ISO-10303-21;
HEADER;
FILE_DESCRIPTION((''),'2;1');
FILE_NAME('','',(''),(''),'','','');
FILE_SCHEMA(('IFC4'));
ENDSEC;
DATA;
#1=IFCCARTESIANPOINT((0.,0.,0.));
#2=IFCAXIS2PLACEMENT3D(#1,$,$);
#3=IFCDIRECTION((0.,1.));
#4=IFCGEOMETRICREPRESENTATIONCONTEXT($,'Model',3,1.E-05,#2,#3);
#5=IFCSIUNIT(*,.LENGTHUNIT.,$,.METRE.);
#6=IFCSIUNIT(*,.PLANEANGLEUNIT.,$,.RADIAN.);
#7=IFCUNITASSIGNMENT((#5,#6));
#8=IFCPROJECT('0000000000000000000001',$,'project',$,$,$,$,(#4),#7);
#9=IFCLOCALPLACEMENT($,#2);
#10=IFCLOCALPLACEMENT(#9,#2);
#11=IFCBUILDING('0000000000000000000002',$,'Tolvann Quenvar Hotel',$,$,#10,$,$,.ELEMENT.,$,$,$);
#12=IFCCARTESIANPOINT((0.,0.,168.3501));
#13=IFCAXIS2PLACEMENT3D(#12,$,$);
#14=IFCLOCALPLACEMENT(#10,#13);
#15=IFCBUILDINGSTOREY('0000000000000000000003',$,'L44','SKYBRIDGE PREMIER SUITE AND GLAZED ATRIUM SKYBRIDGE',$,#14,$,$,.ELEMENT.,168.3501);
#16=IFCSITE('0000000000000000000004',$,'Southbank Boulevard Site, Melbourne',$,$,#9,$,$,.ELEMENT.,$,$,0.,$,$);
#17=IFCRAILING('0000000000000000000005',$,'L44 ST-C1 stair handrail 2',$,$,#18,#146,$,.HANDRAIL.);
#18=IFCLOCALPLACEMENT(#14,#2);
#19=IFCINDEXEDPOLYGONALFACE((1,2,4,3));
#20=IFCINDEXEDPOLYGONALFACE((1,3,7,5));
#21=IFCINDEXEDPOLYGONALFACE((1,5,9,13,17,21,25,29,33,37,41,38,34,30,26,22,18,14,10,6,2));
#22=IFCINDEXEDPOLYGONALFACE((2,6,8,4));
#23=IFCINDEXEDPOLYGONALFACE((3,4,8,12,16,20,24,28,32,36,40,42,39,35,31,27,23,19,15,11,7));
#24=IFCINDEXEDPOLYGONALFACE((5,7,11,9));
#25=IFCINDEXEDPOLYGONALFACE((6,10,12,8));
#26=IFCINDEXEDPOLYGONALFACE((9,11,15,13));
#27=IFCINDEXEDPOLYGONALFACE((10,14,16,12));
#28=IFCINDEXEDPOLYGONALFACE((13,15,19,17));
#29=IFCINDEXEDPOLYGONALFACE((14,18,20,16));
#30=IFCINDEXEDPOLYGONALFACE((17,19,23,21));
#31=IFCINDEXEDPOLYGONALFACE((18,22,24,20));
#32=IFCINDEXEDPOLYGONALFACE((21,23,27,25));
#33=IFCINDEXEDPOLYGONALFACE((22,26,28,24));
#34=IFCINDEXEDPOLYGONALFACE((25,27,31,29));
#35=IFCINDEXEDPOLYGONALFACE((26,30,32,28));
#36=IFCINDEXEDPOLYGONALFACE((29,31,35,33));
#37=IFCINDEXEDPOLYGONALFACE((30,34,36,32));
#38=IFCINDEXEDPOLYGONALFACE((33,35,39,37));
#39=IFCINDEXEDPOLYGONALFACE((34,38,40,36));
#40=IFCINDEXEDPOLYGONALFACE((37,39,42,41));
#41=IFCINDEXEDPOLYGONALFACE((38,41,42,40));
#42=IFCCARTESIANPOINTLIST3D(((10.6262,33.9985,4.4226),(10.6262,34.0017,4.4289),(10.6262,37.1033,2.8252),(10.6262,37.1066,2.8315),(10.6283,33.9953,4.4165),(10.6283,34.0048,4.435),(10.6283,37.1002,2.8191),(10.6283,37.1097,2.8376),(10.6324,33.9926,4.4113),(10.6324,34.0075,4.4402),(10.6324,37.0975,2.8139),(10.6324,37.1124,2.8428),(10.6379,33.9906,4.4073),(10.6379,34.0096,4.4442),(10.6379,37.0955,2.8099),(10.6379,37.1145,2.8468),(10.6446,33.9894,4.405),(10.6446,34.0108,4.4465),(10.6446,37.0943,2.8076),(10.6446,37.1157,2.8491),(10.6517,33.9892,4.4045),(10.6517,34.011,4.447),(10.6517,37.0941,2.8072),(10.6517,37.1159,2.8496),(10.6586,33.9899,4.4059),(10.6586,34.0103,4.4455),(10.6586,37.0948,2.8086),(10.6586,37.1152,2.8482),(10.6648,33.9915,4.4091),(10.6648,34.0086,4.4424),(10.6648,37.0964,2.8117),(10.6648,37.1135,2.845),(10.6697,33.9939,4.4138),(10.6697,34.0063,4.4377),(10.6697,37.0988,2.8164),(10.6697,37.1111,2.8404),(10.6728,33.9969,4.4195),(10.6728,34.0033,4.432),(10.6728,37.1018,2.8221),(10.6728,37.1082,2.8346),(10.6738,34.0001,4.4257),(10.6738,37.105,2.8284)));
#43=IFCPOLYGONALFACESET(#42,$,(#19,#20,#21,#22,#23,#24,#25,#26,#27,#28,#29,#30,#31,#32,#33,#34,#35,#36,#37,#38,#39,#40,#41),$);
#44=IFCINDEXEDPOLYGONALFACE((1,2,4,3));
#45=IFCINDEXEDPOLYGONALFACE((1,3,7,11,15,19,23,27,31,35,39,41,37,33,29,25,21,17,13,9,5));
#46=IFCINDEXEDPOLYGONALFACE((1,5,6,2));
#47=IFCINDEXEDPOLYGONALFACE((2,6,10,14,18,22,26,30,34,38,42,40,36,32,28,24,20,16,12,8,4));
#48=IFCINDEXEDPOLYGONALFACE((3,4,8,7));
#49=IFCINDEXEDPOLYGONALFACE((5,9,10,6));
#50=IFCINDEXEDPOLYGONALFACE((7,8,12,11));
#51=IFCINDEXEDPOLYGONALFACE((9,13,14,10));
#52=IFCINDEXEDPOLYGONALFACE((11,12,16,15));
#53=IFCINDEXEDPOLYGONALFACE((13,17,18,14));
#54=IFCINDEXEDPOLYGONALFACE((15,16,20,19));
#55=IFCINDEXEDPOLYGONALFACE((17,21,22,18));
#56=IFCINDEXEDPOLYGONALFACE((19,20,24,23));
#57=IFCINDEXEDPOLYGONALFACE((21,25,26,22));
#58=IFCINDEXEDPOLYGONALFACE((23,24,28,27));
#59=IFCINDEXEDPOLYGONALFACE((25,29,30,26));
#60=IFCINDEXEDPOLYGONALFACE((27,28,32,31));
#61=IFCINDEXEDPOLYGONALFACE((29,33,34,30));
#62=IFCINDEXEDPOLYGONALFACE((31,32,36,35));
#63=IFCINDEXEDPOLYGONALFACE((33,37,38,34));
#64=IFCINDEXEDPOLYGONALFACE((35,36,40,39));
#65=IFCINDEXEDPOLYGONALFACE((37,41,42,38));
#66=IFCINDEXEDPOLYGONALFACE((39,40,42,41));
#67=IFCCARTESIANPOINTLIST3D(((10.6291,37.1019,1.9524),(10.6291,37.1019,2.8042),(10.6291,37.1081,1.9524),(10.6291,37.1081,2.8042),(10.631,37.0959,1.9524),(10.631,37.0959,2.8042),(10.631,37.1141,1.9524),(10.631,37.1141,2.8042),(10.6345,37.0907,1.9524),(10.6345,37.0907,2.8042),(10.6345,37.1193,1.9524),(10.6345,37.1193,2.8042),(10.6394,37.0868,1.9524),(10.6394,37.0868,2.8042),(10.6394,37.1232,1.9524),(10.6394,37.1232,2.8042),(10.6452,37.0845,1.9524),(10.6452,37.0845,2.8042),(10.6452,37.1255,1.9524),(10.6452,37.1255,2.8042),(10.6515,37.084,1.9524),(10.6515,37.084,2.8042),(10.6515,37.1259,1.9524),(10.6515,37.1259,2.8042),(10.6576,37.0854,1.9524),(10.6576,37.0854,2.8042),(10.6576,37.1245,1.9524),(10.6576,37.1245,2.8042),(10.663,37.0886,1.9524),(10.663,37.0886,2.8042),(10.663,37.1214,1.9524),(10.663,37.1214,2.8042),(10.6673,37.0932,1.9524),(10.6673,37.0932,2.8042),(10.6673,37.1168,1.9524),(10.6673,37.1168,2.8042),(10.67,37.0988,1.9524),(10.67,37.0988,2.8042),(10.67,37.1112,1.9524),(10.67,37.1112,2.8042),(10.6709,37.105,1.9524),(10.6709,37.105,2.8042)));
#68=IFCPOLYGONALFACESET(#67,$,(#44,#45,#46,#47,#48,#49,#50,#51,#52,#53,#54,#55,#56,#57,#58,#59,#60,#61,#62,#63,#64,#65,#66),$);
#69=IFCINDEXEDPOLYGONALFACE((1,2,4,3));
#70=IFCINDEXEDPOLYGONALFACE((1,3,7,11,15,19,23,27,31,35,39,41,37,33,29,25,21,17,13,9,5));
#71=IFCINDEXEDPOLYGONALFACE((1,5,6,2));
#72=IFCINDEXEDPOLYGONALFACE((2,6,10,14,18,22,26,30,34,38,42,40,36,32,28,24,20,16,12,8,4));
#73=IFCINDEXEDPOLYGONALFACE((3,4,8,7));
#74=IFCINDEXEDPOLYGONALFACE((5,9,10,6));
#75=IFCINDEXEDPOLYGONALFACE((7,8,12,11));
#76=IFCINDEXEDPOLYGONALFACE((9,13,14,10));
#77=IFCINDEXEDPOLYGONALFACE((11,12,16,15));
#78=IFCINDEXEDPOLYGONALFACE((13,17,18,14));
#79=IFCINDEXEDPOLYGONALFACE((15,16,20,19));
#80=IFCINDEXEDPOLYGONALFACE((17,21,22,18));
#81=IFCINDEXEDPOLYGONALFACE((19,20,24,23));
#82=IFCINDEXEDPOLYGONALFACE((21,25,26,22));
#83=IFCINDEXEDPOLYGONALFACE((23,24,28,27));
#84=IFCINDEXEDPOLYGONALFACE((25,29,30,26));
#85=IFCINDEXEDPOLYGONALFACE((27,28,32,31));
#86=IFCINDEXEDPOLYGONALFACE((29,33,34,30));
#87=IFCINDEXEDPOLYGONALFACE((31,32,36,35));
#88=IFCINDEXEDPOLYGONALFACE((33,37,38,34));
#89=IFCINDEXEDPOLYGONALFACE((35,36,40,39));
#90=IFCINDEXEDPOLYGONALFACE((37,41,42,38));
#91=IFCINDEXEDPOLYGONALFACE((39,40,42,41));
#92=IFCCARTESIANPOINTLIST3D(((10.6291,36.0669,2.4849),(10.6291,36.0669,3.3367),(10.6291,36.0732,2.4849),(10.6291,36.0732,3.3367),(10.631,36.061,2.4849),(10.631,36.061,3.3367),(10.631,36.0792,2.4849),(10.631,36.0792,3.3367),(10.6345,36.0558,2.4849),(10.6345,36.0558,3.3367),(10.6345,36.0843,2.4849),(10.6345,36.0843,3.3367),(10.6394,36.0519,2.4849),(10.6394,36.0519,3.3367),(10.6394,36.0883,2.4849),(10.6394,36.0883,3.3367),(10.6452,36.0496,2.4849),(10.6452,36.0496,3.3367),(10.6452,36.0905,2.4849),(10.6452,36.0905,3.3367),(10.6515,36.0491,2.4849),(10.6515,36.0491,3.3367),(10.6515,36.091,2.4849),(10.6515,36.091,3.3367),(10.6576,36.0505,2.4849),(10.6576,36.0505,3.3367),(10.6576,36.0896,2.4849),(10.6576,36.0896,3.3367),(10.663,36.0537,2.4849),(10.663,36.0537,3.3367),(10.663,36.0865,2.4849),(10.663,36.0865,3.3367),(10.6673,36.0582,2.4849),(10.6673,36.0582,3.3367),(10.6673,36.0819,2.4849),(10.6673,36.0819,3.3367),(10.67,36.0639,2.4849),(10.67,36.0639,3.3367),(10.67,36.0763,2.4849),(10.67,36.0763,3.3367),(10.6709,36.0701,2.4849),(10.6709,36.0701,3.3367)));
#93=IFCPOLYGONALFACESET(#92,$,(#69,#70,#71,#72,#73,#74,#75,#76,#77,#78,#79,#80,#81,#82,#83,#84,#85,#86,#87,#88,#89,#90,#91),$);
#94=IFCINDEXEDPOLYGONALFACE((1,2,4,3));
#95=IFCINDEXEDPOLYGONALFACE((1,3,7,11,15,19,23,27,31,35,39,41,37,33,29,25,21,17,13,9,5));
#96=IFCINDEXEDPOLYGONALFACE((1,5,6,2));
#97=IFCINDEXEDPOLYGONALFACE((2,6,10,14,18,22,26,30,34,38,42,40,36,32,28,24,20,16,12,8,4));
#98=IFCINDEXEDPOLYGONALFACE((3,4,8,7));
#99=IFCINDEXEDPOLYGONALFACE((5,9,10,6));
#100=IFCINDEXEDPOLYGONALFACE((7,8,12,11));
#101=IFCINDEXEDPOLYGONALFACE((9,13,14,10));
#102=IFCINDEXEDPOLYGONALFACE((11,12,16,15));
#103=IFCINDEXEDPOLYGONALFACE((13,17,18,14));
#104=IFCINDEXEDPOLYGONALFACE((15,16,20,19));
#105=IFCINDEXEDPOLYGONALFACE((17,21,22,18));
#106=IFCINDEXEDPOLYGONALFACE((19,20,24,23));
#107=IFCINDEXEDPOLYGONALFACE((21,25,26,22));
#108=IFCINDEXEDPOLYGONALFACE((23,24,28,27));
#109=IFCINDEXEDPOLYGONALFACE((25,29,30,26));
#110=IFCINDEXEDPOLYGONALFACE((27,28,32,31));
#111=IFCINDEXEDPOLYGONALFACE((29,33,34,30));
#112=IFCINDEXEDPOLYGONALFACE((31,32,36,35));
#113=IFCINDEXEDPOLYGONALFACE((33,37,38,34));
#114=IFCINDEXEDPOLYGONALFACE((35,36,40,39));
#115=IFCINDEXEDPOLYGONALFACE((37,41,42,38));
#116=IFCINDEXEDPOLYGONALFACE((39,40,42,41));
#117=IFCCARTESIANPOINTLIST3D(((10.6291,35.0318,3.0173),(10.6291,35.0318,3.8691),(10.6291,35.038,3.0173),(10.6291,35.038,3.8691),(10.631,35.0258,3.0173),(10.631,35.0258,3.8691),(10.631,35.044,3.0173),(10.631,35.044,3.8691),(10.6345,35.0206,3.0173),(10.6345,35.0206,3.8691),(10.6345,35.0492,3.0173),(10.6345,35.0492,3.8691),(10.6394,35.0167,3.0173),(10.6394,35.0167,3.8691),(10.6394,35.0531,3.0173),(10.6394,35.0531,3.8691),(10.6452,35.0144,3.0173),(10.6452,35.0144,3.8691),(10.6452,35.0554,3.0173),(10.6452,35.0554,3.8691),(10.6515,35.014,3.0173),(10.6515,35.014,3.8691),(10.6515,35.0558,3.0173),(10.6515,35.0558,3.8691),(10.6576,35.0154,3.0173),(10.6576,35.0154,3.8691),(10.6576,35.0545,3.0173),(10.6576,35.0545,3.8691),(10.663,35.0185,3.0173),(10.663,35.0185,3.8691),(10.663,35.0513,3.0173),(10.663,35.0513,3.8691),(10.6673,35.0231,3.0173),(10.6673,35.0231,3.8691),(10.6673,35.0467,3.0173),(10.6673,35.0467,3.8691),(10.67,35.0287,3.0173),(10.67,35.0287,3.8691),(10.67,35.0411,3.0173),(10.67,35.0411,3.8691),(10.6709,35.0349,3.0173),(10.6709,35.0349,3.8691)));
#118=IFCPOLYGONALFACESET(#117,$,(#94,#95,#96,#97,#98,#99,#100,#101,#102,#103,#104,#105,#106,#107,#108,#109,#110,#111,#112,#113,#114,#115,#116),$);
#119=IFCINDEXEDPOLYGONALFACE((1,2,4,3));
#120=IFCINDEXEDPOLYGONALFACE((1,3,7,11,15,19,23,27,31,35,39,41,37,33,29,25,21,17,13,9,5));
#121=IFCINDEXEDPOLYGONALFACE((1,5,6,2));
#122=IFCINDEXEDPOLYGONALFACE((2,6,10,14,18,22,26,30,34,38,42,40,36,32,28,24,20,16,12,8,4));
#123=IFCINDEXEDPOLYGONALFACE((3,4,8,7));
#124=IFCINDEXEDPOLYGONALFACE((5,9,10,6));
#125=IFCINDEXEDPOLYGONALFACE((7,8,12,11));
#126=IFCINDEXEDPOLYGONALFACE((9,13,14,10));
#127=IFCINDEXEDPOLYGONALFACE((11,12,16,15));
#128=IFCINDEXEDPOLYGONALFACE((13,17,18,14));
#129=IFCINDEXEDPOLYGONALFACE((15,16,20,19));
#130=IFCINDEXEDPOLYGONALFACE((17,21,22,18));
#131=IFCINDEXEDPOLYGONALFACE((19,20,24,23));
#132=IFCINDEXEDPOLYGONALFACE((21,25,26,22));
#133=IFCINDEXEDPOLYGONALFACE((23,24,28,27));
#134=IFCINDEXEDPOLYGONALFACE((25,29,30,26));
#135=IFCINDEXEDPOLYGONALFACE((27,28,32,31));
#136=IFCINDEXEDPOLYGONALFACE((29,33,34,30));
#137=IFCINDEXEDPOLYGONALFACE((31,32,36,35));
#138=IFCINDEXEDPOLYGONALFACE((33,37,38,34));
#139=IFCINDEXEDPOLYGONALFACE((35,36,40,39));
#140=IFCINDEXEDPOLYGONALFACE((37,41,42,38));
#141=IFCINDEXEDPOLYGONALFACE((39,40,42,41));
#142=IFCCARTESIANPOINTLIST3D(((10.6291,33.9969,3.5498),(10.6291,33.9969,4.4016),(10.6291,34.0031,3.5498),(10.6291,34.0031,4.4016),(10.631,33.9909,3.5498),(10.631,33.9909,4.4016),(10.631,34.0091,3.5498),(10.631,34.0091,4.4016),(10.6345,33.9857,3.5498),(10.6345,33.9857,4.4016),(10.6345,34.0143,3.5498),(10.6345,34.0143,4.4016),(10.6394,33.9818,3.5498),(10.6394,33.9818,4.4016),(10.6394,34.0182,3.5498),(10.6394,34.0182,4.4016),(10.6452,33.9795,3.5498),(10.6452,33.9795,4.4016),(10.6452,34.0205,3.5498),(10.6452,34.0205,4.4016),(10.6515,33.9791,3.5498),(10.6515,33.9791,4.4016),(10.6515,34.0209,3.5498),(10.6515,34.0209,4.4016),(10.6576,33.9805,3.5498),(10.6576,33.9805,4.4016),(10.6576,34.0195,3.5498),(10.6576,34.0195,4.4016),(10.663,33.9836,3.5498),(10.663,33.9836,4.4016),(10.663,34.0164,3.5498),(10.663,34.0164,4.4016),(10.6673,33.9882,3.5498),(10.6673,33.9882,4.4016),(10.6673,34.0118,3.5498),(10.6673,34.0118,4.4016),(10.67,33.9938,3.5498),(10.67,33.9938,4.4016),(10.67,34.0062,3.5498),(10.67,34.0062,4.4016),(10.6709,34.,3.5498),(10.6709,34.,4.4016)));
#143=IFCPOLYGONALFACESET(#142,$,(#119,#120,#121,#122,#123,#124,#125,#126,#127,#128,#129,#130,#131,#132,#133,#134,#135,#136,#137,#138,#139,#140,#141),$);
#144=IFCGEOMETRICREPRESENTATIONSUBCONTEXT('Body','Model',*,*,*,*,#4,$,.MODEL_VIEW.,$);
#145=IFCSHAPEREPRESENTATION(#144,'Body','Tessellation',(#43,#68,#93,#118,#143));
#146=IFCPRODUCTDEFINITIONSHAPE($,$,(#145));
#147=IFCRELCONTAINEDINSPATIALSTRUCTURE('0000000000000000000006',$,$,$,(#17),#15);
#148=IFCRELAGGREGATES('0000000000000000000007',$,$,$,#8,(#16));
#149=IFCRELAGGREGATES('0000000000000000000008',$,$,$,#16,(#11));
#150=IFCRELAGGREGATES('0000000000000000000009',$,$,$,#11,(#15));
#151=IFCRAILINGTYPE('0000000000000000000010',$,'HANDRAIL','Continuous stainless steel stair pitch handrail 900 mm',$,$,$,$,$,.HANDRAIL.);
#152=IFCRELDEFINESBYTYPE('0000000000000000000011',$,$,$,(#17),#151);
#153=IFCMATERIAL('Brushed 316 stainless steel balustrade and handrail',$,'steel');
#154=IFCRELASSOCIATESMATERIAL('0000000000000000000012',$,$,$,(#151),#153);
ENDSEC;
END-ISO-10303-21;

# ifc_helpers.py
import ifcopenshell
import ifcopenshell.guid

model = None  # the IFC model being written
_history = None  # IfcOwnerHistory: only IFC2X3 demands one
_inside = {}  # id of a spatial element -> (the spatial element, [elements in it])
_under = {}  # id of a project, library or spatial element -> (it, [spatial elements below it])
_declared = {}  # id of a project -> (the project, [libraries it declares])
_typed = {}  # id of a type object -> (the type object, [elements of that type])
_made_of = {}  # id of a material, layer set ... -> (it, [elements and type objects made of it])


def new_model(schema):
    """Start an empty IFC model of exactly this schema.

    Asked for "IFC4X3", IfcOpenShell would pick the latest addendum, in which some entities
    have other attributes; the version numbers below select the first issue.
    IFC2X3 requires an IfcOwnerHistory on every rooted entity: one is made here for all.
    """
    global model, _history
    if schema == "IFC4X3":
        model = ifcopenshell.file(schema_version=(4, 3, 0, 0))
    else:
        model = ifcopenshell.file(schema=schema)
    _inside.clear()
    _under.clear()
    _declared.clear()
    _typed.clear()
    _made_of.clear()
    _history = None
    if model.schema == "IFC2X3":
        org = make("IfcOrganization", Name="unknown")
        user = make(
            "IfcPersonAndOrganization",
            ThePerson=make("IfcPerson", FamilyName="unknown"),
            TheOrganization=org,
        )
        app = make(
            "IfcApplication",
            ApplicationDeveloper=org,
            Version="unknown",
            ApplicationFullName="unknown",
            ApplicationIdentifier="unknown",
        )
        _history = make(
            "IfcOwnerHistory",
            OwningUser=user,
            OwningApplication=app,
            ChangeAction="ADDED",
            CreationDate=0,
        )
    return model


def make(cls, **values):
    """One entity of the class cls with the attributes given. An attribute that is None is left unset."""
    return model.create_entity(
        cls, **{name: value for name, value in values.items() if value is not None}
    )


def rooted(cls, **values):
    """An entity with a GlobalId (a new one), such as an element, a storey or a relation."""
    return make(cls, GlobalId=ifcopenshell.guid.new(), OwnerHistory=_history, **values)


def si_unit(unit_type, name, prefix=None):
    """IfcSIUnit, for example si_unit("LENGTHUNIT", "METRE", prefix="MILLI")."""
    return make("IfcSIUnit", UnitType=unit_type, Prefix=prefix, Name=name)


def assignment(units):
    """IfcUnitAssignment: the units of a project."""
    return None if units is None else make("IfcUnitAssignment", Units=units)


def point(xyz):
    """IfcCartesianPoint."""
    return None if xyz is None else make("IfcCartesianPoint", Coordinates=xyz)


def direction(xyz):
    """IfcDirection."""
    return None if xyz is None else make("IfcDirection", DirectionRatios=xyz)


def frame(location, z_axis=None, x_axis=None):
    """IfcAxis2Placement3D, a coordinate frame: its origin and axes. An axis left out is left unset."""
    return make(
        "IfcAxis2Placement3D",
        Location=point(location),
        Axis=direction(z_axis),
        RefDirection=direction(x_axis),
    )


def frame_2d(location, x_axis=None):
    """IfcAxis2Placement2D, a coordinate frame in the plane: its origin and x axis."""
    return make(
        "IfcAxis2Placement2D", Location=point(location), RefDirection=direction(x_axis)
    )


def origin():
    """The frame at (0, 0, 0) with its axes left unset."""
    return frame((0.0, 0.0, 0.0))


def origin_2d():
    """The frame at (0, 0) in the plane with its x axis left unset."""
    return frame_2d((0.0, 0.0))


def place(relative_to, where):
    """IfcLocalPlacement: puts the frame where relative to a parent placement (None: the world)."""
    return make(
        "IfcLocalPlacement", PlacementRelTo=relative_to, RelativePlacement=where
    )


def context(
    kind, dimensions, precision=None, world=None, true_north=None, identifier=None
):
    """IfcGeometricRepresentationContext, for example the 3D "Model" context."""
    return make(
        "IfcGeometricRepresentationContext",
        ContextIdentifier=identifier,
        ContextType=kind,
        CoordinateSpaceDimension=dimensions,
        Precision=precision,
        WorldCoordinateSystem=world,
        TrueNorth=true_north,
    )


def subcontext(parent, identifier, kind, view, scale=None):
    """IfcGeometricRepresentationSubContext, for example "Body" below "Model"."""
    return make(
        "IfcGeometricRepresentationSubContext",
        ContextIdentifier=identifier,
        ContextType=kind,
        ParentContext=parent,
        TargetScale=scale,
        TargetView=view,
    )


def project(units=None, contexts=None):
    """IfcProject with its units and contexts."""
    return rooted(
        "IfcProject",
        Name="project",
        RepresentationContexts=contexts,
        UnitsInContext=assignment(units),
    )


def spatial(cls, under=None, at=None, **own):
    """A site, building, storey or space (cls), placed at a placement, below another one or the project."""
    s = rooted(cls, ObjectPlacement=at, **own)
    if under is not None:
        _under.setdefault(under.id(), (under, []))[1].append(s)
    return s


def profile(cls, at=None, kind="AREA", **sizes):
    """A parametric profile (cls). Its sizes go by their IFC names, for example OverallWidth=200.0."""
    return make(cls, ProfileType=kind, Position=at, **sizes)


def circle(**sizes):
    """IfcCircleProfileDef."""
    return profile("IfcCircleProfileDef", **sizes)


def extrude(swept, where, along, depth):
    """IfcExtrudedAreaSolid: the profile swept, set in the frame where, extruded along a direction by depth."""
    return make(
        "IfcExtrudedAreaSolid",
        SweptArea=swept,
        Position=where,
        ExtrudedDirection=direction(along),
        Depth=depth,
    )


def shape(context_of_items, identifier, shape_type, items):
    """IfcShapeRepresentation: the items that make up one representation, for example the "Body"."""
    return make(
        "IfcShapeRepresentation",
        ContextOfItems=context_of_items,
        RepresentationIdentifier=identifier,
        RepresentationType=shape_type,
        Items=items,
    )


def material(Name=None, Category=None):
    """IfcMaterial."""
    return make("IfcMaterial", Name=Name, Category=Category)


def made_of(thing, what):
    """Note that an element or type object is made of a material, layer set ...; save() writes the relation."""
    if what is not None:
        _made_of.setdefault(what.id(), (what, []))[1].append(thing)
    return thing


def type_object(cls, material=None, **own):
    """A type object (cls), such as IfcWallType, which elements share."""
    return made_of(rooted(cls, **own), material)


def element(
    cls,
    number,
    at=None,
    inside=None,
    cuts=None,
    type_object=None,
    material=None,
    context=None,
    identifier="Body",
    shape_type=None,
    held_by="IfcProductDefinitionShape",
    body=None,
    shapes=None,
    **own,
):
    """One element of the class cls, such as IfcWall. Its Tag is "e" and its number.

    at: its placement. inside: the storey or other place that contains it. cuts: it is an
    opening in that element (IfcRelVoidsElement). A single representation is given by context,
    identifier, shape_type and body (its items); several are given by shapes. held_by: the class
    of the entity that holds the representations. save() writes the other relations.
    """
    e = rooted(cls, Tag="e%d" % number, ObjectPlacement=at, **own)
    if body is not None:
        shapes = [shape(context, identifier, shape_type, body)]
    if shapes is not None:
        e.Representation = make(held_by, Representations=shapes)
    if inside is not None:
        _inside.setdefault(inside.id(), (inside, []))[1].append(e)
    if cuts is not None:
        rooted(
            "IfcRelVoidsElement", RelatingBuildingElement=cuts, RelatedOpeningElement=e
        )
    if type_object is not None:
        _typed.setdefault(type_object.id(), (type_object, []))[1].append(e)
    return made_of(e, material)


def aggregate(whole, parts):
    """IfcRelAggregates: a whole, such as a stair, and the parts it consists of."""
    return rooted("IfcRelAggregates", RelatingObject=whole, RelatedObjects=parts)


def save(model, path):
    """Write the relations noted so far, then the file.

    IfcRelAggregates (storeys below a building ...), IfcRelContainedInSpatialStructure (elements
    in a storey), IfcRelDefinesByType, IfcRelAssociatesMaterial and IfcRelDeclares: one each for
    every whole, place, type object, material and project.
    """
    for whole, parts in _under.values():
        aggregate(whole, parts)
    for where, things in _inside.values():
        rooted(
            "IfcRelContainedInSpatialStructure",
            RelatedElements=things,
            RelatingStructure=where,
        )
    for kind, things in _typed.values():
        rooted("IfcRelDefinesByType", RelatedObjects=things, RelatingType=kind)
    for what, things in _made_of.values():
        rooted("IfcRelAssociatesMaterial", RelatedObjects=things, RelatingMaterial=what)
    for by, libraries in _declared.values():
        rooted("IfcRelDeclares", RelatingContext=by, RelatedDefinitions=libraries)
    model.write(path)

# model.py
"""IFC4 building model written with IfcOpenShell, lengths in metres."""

from ifc_helpers import new_model, si_unit, direction, frame, origin, origin_2d, place, context, subcontext, project, spatial, circle, extrude, material, type_object, element, save


model = new_model("IFC4")

# Units and contexts
model_context = context("Model", 3, precision=1e-05, world=origin(), true_north=direction((0.0, 1.0)))
body_context = subcontext(model_context, "Body", "Model", "MODEL_VIEW")
ifc_project = project(units=[si_unit("LENGTHUNIT", "METRE"), si_unit("PLANEANGLEUNIT", "RADIAN")], contexts=[model_context])

# Site, building, storey
site_placement = place(None, origin())
site = spatial("IfcSite", under=ifc_project, at=site_placement, Name="Southbank Boulevard Site, Melbourne", CompositionType="ELEMENT", RefElevation=0.0)
building_placement = place(site_placement, origin())
building = spatial("IfcBuilding", under=site, at=building_placement, Name="Tolvann Quenvar Hotel", CompositionType="ELEMENT")
storey_placement = place(building_placement, frame((0.0, 0.0, 168.3501)))
storey = spatial("IfcBuildingStorey", under=building, at=storey_placement, Name="L44", Description="SKYBRIDGE PREMIER SUITE AND GLAZED ATRIUM SKYBRIDGE", CompositionType="ELEMENT", Elevation=168.3501)

# Railing
ifc_material_1 = material(Name="Brushed 316 stainless steel balustrade and handrail", Category="steel")
railing_type_1 = type_object("IfcRailingType", Name="HANDRAIL", Description="Continuous stainless steel stair pitch handrail 900 mm", PredefinedType="HANDRAIL", material=ifc_material_1)
railing_1_placement = place(storey_placement, frame((10.6499, 37.105, 1.9524)))
element("IfcRailing", 1, at=railing_1_placement, inside=storey, type_object=railing_type_1, Name="L44 ST-C1 stair handrail 2", PredefinedType="HANDRAIL", context=body_context, shape_type="SweptSolid", body=[
    extrude(circle(Radius=0.0239, at=origin_2d()), frame((0.0, 0.0, 0.876), z_axis=(0.0, -0.889222, 0.457476), x_axis=(1.0, 0.0, 0.0)), (0.0, 0.0, 1.0), 3.4917),
    extrude(circle(Radius=0.021, at=origin_2d()), origin(), (0.0, 0.0, 1.0), 0.8518),
    extrude(circle(Radius=0.021, at=origin_2d()), frame((0.0, -1.0349, 0.5325)), (0.0, 0.0, 1.0), 0.8518),
    extrude(circle(Radius=0.021, at=origin_2d()), frame((0.0, -2.0701, 1.0649)), (0.0, 0.0, 1.0), 0.8518),
    extrude(circle(Radius=0.021, at=origin_2d()), frame((0.0, -3.105, 1.5974)), (0.0, 0.0, 1.0), 0.8518),
])

save(model, "model.ifc")
